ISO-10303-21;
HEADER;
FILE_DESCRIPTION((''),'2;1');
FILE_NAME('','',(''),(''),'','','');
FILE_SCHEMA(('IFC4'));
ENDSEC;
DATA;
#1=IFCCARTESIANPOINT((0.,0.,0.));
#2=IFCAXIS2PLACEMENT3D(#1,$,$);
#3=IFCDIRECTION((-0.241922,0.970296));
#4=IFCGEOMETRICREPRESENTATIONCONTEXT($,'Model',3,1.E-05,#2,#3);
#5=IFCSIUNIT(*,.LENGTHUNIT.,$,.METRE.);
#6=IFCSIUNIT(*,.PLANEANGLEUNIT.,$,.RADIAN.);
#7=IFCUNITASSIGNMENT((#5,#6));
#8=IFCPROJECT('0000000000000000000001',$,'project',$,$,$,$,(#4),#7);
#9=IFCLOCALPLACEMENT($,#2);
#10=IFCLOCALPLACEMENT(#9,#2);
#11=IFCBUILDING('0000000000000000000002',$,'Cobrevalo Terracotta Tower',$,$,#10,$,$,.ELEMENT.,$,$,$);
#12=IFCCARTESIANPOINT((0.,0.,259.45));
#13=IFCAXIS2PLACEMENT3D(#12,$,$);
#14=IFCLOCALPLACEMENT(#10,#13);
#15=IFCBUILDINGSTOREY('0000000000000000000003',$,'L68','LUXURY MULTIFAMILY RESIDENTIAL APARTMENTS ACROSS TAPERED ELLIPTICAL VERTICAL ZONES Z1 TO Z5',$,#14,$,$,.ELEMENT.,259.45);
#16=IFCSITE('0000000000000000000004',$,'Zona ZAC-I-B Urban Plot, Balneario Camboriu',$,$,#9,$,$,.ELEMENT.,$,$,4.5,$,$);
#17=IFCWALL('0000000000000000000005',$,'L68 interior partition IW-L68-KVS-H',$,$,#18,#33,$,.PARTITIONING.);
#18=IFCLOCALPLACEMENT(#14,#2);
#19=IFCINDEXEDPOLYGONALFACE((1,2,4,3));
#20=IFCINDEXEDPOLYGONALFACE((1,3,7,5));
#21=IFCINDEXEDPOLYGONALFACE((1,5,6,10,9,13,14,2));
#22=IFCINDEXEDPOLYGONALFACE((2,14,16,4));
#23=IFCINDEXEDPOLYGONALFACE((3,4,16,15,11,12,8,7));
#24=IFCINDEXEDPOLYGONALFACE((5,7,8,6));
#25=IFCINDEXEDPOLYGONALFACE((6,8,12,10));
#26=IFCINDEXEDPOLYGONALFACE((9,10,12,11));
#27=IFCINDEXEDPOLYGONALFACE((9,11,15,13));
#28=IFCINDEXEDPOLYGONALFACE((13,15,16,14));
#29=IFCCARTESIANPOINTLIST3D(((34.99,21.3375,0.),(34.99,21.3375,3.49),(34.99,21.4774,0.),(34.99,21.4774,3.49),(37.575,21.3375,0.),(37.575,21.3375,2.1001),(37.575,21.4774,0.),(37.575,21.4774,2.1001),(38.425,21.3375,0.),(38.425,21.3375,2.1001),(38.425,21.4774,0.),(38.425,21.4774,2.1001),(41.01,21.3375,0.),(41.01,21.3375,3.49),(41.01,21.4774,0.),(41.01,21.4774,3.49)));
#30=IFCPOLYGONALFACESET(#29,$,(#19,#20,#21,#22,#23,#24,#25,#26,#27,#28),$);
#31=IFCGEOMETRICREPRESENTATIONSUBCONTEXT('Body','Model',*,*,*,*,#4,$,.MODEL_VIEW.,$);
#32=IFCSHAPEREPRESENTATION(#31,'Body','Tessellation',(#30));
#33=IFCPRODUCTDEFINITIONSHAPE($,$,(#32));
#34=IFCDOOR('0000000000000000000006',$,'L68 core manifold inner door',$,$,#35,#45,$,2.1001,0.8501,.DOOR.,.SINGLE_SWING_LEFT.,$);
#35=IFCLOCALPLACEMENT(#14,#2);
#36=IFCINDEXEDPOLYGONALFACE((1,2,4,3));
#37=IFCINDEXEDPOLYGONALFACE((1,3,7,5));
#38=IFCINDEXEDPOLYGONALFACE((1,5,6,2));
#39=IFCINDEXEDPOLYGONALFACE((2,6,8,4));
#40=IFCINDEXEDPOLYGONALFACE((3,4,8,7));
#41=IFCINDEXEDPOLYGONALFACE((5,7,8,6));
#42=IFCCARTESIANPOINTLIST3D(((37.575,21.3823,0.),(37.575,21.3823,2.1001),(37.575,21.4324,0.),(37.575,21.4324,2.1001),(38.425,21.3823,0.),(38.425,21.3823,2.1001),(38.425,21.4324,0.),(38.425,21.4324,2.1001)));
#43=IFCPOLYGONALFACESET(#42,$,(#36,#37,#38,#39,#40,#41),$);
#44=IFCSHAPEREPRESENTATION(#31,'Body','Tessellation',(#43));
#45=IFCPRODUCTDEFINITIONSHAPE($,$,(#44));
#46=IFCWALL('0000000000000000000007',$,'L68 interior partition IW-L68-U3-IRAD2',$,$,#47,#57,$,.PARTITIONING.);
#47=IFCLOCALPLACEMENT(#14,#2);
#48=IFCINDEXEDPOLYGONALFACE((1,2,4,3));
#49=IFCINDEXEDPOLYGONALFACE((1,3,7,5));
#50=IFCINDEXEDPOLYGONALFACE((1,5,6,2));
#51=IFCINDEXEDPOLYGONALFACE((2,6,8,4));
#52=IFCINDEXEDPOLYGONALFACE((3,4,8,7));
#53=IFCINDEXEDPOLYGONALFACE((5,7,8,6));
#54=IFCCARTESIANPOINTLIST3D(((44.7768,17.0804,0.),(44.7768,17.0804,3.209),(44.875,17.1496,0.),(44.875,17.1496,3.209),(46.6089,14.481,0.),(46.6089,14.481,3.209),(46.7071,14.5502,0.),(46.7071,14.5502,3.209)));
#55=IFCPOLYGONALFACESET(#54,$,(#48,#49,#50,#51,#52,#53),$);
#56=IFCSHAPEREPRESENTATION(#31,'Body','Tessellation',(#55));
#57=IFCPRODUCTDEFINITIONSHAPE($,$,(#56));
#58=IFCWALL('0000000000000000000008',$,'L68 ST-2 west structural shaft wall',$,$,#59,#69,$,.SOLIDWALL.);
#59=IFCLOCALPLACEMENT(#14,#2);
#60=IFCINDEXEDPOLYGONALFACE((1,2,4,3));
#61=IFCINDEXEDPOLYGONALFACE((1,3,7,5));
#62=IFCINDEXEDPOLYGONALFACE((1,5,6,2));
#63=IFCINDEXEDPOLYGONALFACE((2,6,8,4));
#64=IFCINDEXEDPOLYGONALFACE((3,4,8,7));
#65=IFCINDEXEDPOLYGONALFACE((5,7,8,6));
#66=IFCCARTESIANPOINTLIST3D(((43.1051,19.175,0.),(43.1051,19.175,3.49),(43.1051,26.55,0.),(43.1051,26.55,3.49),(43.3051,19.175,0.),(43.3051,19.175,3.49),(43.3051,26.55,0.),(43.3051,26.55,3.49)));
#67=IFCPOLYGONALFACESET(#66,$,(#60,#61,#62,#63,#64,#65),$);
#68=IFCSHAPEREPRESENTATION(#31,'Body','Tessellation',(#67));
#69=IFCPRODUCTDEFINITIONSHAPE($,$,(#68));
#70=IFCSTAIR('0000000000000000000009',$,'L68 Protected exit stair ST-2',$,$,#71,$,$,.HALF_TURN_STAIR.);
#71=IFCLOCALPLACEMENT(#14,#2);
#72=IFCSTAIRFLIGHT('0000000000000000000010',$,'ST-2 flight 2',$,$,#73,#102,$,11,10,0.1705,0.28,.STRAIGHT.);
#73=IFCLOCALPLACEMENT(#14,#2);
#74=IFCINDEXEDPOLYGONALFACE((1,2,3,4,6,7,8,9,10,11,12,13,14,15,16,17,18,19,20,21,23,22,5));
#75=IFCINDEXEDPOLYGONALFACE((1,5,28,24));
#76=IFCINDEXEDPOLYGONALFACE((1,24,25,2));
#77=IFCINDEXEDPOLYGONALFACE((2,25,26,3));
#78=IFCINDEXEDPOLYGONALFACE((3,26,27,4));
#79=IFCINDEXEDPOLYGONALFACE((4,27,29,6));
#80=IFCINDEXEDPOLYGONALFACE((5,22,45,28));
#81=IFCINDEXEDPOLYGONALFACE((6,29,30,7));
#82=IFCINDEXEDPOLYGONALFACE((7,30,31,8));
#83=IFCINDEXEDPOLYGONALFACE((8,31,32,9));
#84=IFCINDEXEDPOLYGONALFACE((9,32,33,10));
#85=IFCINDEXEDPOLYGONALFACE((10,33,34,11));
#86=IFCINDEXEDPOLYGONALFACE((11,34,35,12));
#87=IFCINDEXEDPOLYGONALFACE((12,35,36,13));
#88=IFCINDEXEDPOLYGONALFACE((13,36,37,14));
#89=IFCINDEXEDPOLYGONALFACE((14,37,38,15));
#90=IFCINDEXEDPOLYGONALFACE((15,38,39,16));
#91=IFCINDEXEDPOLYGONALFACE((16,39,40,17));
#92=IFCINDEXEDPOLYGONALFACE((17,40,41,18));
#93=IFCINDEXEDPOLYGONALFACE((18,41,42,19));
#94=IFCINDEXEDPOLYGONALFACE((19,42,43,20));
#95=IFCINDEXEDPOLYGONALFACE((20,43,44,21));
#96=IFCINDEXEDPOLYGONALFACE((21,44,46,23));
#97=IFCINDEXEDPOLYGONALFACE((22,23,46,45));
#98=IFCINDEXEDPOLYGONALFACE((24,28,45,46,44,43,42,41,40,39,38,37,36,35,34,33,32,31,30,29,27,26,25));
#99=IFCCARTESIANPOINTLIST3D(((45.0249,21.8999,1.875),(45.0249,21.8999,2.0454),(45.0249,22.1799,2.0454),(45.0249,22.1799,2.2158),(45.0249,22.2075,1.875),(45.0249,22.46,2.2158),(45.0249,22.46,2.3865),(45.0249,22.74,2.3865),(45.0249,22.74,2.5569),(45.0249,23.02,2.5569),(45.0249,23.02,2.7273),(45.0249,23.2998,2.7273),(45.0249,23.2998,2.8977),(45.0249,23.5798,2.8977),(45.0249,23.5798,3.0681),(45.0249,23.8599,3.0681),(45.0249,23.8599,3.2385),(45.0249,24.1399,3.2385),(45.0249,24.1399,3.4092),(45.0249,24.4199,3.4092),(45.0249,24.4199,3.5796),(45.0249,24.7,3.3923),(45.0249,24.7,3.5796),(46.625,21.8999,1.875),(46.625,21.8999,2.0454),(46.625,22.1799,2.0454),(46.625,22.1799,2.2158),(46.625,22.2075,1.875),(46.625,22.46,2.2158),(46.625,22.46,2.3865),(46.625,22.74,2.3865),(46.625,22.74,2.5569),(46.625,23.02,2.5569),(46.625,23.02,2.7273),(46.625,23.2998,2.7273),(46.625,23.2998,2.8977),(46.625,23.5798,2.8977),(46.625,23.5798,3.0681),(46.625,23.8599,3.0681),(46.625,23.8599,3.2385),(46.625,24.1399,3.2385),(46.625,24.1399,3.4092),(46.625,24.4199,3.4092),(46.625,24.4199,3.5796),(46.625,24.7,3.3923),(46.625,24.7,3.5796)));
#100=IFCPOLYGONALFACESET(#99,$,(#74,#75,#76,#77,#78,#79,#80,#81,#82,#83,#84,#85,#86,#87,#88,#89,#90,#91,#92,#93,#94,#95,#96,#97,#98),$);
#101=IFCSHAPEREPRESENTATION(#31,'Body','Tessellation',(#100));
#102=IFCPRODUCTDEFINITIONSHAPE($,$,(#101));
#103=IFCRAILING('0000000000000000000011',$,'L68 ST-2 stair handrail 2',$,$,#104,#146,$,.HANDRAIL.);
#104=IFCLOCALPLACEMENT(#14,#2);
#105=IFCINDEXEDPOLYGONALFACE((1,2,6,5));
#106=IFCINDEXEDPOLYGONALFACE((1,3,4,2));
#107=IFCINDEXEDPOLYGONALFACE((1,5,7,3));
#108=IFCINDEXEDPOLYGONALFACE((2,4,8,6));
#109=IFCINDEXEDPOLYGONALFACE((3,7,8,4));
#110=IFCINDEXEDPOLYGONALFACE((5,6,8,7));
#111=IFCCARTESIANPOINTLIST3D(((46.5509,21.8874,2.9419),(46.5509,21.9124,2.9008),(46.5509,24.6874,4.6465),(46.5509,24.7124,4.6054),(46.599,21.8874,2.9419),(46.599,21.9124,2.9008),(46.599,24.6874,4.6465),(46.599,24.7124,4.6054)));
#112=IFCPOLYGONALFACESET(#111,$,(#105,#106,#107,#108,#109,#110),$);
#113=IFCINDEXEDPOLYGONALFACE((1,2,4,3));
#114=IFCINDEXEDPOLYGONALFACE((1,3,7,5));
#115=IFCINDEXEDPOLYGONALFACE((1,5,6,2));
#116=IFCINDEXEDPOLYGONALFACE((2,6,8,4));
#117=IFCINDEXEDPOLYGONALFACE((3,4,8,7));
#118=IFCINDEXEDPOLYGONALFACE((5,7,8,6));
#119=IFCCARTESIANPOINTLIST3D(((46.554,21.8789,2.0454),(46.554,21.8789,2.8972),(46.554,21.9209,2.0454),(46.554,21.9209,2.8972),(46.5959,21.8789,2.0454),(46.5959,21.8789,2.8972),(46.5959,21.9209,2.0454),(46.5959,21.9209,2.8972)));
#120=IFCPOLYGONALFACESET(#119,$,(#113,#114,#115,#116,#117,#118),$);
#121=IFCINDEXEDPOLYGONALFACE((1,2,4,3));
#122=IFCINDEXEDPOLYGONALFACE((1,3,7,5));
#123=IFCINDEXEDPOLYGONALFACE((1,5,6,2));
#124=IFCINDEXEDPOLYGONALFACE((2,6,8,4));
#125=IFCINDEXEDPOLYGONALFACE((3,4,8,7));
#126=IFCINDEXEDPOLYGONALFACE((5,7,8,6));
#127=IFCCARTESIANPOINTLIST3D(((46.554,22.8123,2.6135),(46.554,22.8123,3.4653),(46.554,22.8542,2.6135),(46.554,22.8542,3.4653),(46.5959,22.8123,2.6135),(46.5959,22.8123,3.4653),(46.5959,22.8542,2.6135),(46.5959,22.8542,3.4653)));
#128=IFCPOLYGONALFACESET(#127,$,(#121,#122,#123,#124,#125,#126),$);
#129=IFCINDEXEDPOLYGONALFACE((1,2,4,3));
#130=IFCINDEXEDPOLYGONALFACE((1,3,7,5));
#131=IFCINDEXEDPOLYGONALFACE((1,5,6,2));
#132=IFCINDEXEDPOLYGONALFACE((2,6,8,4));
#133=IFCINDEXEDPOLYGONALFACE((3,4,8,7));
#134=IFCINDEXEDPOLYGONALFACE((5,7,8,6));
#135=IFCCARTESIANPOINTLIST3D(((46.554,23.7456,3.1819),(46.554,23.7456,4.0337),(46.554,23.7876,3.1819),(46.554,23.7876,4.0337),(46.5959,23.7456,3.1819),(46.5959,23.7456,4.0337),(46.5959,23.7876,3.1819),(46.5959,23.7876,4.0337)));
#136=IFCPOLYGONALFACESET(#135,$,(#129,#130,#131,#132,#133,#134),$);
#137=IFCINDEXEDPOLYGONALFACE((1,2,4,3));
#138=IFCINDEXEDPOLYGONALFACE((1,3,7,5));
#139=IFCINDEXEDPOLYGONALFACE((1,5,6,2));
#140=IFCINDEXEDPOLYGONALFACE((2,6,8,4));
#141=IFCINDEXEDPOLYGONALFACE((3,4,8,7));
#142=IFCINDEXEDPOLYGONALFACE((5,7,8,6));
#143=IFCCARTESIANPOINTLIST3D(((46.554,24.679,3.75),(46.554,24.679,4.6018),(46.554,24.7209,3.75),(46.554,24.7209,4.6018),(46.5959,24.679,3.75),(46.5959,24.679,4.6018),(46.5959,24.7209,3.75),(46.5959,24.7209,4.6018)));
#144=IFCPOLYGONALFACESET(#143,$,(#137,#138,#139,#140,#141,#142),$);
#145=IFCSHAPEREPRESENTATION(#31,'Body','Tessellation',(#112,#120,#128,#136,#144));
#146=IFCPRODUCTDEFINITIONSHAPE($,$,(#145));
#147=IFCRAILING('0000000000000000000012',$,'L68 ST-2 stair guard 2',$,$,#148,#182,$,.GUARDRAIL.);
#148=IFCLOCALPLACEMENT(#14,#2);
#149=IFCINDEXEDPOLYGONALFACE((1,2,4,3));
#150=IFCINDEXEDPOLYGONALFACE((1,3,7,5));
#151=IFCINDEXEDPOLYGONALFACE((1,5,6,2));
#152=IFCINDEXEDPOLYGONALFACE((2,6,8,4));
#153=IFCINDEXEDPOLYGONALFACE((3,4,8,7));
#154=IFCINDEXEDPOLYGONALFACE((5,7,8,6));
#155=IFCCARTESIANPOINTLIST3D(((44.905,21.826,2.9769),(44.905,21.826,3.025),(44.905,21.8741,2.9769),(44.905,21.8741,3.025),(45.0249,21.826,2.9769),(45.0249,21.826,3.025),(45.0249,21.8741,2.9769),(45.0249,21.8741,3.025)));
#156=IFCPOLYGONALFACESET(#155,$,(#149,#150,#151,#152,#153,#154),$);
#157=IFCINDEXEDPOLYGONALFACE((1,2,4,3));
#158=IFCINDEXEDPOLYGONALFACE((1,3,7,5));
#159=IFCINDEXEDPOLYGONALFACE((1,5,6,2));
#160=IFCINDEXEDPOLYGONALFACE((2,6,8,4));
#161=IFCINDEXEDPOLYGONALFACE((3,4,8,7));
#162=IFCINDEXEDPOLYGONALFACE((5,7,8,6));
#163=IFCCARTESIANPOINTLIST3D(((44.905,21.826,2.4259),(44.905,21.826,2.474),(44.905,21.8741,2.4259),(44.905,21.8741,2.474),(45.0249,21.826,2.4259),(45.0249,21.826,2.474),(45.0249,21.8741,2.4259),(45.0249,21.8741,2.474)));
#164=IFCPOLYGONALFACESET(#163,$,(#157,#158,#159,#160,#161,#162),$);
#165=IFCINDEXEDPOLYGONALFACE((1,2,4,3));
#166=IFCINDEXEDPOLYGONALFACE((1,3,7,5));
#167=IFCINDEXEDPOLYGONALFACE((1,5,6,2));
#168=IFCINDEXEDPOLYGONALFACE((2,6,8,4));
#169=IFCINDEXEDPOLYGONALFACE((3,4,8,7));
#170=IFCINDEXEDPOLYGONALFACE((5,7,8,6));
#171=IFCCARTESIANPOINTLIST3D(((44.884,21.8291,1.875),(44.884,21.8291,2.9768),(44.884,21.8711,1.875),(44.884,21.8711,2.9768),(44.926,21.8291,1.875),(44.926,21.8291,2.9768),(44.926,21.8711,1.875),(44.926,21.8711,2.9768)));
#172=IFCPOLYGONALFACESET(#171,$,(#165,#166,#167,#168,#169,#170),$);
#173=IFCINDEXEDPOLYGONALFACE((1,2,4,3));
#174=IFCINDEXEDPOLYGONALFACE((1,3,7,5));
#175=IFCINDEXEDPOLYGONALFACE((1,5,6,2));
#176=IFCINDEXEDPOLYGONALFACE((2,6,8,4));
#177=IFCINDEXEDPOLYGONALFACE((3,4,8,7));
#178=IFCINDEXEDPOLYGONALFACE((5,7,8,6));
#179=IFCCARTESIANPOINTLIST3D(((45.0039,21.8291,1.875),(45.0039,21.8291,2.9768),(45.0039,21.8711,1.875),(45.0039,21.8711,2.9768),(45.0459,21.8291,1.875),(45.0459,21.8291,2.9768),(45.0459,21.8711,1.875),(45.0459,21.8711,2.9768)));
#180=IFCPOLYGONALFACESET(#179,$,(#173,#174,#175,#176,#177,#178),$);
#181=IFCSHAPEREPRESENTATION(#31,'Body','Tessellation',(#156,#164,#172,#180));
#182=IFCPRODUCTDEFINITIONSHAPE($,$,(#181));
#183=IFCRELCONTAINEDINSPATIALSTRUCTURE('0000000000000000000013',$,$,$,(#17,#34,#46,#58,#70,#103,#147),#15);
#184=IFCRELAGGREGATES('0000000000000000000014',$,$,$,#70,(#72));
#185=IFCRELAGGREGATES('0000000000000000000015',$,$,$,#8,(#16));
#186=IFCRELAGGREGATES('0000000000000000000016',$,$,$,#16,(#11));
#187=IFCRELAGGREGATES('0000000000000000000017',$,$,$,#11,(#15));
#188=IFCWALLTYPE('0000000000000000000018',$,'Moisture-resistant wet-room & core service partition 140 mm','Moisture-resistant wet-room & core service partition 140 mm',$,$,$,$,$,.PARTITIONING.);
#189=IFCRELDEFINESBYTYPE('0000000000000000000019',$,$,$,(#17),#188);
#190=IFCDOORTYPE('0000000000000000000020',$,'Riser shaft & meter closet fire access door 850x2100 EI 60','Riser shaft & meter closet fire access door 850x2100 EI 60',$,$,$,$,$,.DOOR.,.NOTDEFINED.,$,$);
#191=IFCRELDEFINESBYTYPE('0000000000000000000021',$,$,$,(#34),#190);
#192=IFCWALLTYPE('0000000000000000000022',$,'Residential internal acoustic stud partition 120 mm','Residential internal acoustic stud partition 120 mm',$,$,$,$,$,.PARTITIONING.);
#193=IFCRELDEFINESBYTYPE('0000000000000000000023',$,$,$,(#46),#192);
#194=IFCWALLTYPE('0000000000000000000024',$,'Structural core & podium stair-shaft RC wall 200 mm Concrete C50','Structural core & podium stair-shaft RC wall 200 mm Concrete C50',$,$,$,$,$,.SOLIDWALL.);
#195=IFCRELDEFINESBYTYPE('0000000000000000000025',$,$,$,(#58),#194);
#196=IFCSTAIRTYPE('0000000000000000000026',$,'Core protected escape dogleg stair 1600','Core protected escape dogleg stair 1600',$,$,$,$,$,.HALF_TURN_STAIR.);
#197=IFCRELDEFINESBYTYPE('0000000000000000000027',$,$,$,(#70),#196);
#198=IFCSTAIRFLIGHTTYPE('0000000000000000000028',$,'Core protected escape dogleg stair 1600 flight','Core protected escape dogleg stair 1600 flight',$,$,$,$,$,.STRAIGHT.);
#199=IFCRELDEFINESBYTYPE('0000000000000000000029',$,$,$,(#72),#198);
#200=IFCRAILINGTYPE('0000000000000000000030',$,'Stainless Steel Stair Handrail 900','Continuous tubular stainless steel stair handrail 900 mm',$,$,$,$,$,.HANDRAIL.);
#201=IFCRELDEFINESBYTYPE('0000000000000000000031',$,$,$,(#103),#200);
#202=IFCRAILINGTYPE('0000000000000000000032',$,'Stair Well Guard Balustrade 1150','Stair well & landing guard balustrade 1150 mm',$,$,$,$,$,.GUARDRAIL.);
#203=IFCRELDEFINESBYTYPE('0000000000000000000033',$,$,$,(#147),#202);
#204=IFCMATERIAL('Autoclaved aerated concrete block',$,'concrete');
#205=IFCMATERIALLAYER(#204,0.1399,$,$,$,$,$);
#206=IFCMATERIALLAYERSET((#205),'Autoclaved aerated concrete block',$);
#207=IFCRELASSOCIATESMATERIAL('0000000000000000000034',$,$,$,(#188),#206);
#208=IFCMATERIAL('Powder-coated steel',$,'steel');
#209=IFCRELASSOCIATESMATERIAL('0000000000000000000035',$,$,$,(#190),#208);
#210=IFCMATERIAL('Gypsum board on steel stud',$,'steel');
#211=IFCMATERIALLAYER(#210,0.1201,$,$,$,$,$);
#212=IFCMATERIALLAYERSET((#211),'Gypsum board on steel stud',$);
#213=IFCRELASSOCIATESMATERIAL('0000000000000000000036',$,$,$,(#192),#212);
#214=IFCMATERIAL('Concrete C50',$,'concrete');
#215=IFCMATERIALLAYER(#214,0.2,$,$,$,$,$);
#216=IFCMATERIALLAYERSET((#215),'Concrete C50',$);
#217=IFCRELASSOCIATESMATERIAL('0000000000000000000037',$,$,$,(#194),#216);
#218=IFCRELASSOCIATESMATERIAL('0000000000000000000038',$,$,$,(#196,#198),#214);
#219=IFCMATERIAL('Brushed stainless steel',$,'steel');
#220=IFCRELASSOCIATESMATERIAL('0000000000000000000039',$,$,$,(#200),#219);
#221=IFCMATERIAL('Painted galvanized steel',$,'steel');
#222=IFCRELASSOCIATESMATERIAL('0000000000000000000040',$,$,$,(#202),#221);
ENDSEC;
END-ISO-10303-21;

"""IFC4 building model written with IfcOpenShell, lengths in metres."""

from ifc_helpers import new_model, si_unit, direction, frame, frame_2d, origin, origin_2d, place, context, subcontext, project, spatial, polyline, rectangle, outline, extrude, source, transform, mapped, material, layer, layer_set, type_object, element, fill, aggregate, save


model = new_model("IFC4")

# Units and contexts
model_context = context("Model", 3, precision=1e-05, world=origin(), true_north=direction((-0.241922, 0.970296)))
body_context = subcontext(model_context, "Body", "Model", "MODEL_VIEW")
ifc_project = project(units=[si_unit("LENGTHUNIT", "METRE"), si_unit("PLANEANGLEUNIT", "RADIAN")], contexts=[model_context])

# Site, building, storey
site_placement = place(None, origin())
site = spatial("IfcSite", under=ifc_project, at=site_placement, Name="Zona ZAC-I-B Urban Plot, Balneario Camboriu", CompositionType="ELEMENT", RefElevation=4.5)
building_placement = place(site_placement, origin())
building = spatial("IfcBuilding", under=site, at=building_placement, Name="Cobrevalo Terracotta Tower", CompositionType="ELEMENT")
storey_placement = place(building_placement, frame((0.0, 0.0, 259.45)))
storey = spatial("IfcBuildingStorey", under=building, at=storey_placement, Name="L68", Description="LUXURY MULTIFAMILY RESIDENTIAL APARTMENTS ACROSS TAPERED ELLIPTICAL VERTICAL ZONES Z1 TO Z5", CompositionType="ELEMENT", Elevation=259.45)

# Shared definitions
ifc_material_1 = material(Name="Concrete C50", Category="concrete")

# Shared definitions
ifc_material_2 = material(Name="Gypsum board on steel stud", Category="steel")
ifc_material_3 = material(Name="Autoclaved aerated concrete block", Category="concrete")

# Shared definitions
ifc_layer_1 = layer(ifc_material_3, 0.1399)
ifc_layer_set_1 = layer_set([ifc_layer_1], Name="Autoclaved aerated concrete block")
wall_type_1 = type_object("IfcWallType", Name="Moisture-resistant wet-room & core service partition 140 mm", Description="Moisture-resistant wet-room & core service partition 140 mm", PredefinedType="PARTITIONING", material=ifc_layer_set_1)

# Wall, opening, door
wall_1_placement = place(storey_placement, frame((34.99, 21.4075, 0.0), z_axis=(0.0, 0.0, 1.0), x_axis=(1.0, 0.0, 0.0)))
wall_1 = element("IfcWall", 1, at=wall_1_placement, inside=storey, type_object=wall_type_1, Name="L68 interior partition IW-L68-KVS-H", PredefinedType="PARTITIONING", context=body_context, shape_type="SweptSolid", body=[
    extrude(rectangle(XDim=6.02, YDim=0.1399, at=frame_2d((3.01, 0.0))), origin(), (0.0, 0.0, 1.0), 3.49),
])
opening_1_placement = place(wall_1_placement, frame((2.585, 0.0, 0.0)))
opening_1 = element("IfcOpeningElement", 2, at=opening_1_placement, cuts=wall_1, PredefinedType="OPENING", context=body_context, shape_type="SweptSolid", body=[
    extrude(rectangle(XDim=0.8501, YDim=2.1001, at=frame_2d((0.425, 1.05))), frame((0.0, 0.0801, 0.0), z_axis=(0.0, -1.0, 0.0), x_axis=(1.0, 0.0, 0.0)), (0.0, 0.0, 1.0), 0.1599),
])
ifc_material_4 = material(Name="Powder-coated steel", Category="steel")
door_type_1 = type_object("IfcDoorType", Name="Riser shaft & meter closet fire access door 850x2100 EI 60", Description="Riser shaft & meter closet fire access door 850x2100 EI 60", OperationType="NOTDEFINED", PredefinedType="DOOR", material=ifc_material_4)
shared_shape_1 = source(origin(), body_context, "Body", "SweptSolid", [
    extrude(rectangle(XDim=0.8501, YDim=2.1001, at=frame_2d((0.425, 1.05))), frame((0.0, 0.0249, 0.0), z_axis=(0.0, -1.0, 0.0), x_axis=(1.0, 0.0, 0.0)), (0.0, 0.0, 1.0), 0.05),
])
door_1_placement = place(opening_1_placement, origin())
door_1 = element("IfcDoor", 3, at=door_1_placement, inside=storey, type_object=door_type_1, Name="L68 core manifold inner door", OperationType="SINGLE_SWING_LEFT", OverallHeight=2.1001, OverallWidth=0.8501, PredefinedType="DOOR", context=body_context, shape_type="MappedRepresentation", body=[
    mapped(shared_shape_1, transform((0.0, 0.0, 0.0), scale=1.0)),
])
fill(opening_1, door_1)

# Walls
ifc_layer_2 = layer(ifc_material_2, 0.1201)
ifc_layer_set_2 = layer_set([ifc_layer_2], Name="Gypsum board on steel stud")
wall_type_2 = type_object("IfcWallType", Name="Residential internal acoustic stud partition 120 mm", Description="Residential internal acoustic stud partition 120 mm", PredefinedType="PARTITIONING", material=ifc_layer_set_2)
wall_2_placement = place(storey_placement, frame((44.8259, 17.115, 0.0), z_axis=(0.0, 0.0, 1.0), x_axis=(0.576092, -0.817385, 0.0)))
element("IfcWall", 4, at=wall_2_placement, inside=storey, type_object=wall_type_2, Name="L68 interior partition IW-L68-U3-IRAD2", PredefinedType="PARTITIONING", context=body_context, shape_type="SweptSolid", body=[
    extrude(rectangle(XDim=3.1802, YDim=0.1201, at=frame_2d((1.5901, 0.0))), origin(), (0.0, 0.0, 1.0), 3.209),
])
ifc_layer_3 = layer(ifc_material_1, 0.2)
ifc_layer_set_3 = layer_set([ifc_layer_3], Name="Concrete C50")
wall_type_3 = type_object("IfcWallType", Name="Structural core & podium stair-shaft RC wall 200 mm Concrete C50", Description="Structural core & podium stair-shaft RC wall 200 mm Concrete C50", PredefinedType="SOLIDWALL", material=ifc_layer_set_3)
wall_3_placement = place(storey_placement, frame((43.2051, 19.175, 0.0), z_axis=(0.0, 0.0, 1.0), x_axis=(0.0, 1.0, 0.0)))
element("IfcWall", 5, at=wall_3_placement, inside=storey, type_object=wall_type_3, Name="L68 ST-2 west structural shaft wall", PredefinedType="SOLIDWALL", context=body_context, shape_type="SweptSolid", body=[
    extrude(rectangle(XDim=7.375, YDim=0.2, at=frame_2d((3.6875, 0.0))), origin(), (0.0, 0.0, 1.0), 3.49),
])

# Stair, stair flight
stair_type = type_object("IfcStairType", Name="Core protected escape dogleg stair 1600", Description="Core protected escape dogleg stair 1600", PredefinedType="HALF_TURN_STAIR", material=ifc_material_1)
stair_placement = place(storey_placement, origin())
stair = element("IfcStair", 6, at=stair_placement, inside=storey, type_object=stair_type, Name="L68 Protected exit stair ST-2", PredefinedType="HALF_TURN_STAIR")
stair_flight_type = type_object("IfcStairFlightType", Name="Core protected escape dogleg stair 1600 flight", Description="Core protected escape dogleg stair 1600 flight", PredefinedType="STRAIGHT", material=ifc_material_1)
stair_flight_placement = place(storey_placement, frame((45.825, 21.8999, 1.875), z_axis=(0.0, 0.0, 1.0), x_axis=(0.0, 1.0, 0.0)))
stair_flight = element("IfcStairFlight", 7, at=stair_flight_placement, type_object=stair_flight_type, Name="ST-2 flight 2", NumberOfRisers=11, NumberOfTreads=10, PredefinedType="STRAIGHT", RiserHeight=0.1705, TreadLength=0.28, context=body_context, shape_type="SweptSolid", body=[
    extrude(outline(polyline([(0.0, 0.0), (0.0, 0.1704), (0.28, 0.1704), (0.28, 0.3408), (0.5601, 0.3408), (0.5601, 0.5115), (0.8401, 0.5115), (0.8401, 0.6819), (1.1201, 0.6819), (1.1201, 0.8523), (1.3999, 0.8523), (1.3999, 1.0227), (1.6799, 1.0227), (1.6799, 1.1931), (1.96, 1.1931), (1.96, 1.3635), (2.24, 1.3635), (2.24, 1.5342), (2.52, 1.5342), (2.52, 1.7046), (2.8, 1.7046), (2.8, 1.875), (2.8, 1.5173), (0.3076, 0.0), (0.0, 0.0)])), frame((0.0, 0.8, 0.0), z_axis=(0.0, -1.0, 0.0), x_axis=(1.0, 0.0, 0.0)), (0.0, 0.0, 1.0), 1.6001),
])
aggregate(stair, [stair_flight])

# Railings
ifc_material_5 = material(Name="Brushed stainless steel", Category="steel")
railing_type_1 = type_object("IfcRailingType", Name="Stainless Steel Stair Handrail 900", Description="Continuous tubular stainless steel stair handrail 900 mm", PredefinedType="HANDRAIL", material=ifc_material_5)
railing_1_placement = place(storey_placement, frame((46.575, 21.8999, 2.0454)))
element("IfcRailing", 8, at=railing_1_placement, inside=storey, type_object=railing_type_1, Name="L68 ST-2 stair handrail 2", PredefinedType="HANDRAIL", context=body_context, shape_type="SweptSolid", body=[
    extrude(rectangle(XDim=0.0481, YDim=0.0481, at=origin_2d()), frame((0.0, 0.0, 0.876), z_axis=(0.0, 0.85417, 0.519994), x_axis=(-1.0, 0.0, 0.0)), (0.0, 0.0, 1.0), 3.2781),
    extrude(rectangle(XDim=0.042, YDim=0.042, at=origin_2d()), origin(), (0.0, 0.0, 1.0), 0.8518),
    extrude(rectangle(XDim=0.042, YDim=0.042, at=origin_2d()), frame((0.0, 0.9333, 0.5681)), (0.0, 0.0, 1.0), 0.8518),
    extrude(rectangle(XDim=0.042, YDim=0.042, at=origin_2d()), frame((0.0, 1.8667, 1.1365)), (0.0, 0.0, 1.0), 0.8518),
    extrude(rectangle(XDim=0.042, YDim=0.042, at=origin_2d()), frame((0.0, 2.8, 1.7046)), (0.0, 0.0, 1.0), 0.8518),
])
ifc_material_6 = material(Name="Painted galvanized steel", Category="steel")
railing_type_2 = type_object("IfcRailingType", Name="Stair Well Guard Balustrade 1150", Description="Stair well & landing guard balustrade 1150 mm", PredefinedType="GUARDRAIL", material=ifc_material_6)
railing_2_placement = place(storey_placement, frame((44.905, 21.8501, 1.875)))
element("IfcRailing", 9, at=railing_2_placement, inside=storey, type_object=railing_type_2, Name="L68 ST-2 stair guard 2", PredefinedType="GUARDRAIL", context=body_context, shape_type="SweptSolid", body=[
    extrude(rectangle(XDim=0.0481, YDim=0.0481, at=origin_2d()), frame((0.0, 0.0, 1.126), z_axis=(1.0, 0.0, 0.0), x_axis=(0.0, 1.0, 0.0)), (0.0, 0.0, 1.0), 0.1199),
    extrude(rectangle(XDim=0.0481, YDim=0.0481, at=origin_2d()), frame((0.0, 0.0, 0.575), z_axis=(1.0, 0.0, 0.0), x_axis=(0.0, 1.0, 0.0)), (0.0, 0.0, 1.0), 0.1199),
    extrude(rectangle(XDim=0.042, YDim=0.042, at=origin_2d()), origin(), (0.0, 0.0, 1.0), 1.1018),
    extrude(rectangle(XDim=0.042, YDim=0.042, at=origin_2d()), frame((0.1199, 0.0, 0.0)), (0.0, 0.0, 1.0), 1.1018),
])

save(model, "model.ifc")
